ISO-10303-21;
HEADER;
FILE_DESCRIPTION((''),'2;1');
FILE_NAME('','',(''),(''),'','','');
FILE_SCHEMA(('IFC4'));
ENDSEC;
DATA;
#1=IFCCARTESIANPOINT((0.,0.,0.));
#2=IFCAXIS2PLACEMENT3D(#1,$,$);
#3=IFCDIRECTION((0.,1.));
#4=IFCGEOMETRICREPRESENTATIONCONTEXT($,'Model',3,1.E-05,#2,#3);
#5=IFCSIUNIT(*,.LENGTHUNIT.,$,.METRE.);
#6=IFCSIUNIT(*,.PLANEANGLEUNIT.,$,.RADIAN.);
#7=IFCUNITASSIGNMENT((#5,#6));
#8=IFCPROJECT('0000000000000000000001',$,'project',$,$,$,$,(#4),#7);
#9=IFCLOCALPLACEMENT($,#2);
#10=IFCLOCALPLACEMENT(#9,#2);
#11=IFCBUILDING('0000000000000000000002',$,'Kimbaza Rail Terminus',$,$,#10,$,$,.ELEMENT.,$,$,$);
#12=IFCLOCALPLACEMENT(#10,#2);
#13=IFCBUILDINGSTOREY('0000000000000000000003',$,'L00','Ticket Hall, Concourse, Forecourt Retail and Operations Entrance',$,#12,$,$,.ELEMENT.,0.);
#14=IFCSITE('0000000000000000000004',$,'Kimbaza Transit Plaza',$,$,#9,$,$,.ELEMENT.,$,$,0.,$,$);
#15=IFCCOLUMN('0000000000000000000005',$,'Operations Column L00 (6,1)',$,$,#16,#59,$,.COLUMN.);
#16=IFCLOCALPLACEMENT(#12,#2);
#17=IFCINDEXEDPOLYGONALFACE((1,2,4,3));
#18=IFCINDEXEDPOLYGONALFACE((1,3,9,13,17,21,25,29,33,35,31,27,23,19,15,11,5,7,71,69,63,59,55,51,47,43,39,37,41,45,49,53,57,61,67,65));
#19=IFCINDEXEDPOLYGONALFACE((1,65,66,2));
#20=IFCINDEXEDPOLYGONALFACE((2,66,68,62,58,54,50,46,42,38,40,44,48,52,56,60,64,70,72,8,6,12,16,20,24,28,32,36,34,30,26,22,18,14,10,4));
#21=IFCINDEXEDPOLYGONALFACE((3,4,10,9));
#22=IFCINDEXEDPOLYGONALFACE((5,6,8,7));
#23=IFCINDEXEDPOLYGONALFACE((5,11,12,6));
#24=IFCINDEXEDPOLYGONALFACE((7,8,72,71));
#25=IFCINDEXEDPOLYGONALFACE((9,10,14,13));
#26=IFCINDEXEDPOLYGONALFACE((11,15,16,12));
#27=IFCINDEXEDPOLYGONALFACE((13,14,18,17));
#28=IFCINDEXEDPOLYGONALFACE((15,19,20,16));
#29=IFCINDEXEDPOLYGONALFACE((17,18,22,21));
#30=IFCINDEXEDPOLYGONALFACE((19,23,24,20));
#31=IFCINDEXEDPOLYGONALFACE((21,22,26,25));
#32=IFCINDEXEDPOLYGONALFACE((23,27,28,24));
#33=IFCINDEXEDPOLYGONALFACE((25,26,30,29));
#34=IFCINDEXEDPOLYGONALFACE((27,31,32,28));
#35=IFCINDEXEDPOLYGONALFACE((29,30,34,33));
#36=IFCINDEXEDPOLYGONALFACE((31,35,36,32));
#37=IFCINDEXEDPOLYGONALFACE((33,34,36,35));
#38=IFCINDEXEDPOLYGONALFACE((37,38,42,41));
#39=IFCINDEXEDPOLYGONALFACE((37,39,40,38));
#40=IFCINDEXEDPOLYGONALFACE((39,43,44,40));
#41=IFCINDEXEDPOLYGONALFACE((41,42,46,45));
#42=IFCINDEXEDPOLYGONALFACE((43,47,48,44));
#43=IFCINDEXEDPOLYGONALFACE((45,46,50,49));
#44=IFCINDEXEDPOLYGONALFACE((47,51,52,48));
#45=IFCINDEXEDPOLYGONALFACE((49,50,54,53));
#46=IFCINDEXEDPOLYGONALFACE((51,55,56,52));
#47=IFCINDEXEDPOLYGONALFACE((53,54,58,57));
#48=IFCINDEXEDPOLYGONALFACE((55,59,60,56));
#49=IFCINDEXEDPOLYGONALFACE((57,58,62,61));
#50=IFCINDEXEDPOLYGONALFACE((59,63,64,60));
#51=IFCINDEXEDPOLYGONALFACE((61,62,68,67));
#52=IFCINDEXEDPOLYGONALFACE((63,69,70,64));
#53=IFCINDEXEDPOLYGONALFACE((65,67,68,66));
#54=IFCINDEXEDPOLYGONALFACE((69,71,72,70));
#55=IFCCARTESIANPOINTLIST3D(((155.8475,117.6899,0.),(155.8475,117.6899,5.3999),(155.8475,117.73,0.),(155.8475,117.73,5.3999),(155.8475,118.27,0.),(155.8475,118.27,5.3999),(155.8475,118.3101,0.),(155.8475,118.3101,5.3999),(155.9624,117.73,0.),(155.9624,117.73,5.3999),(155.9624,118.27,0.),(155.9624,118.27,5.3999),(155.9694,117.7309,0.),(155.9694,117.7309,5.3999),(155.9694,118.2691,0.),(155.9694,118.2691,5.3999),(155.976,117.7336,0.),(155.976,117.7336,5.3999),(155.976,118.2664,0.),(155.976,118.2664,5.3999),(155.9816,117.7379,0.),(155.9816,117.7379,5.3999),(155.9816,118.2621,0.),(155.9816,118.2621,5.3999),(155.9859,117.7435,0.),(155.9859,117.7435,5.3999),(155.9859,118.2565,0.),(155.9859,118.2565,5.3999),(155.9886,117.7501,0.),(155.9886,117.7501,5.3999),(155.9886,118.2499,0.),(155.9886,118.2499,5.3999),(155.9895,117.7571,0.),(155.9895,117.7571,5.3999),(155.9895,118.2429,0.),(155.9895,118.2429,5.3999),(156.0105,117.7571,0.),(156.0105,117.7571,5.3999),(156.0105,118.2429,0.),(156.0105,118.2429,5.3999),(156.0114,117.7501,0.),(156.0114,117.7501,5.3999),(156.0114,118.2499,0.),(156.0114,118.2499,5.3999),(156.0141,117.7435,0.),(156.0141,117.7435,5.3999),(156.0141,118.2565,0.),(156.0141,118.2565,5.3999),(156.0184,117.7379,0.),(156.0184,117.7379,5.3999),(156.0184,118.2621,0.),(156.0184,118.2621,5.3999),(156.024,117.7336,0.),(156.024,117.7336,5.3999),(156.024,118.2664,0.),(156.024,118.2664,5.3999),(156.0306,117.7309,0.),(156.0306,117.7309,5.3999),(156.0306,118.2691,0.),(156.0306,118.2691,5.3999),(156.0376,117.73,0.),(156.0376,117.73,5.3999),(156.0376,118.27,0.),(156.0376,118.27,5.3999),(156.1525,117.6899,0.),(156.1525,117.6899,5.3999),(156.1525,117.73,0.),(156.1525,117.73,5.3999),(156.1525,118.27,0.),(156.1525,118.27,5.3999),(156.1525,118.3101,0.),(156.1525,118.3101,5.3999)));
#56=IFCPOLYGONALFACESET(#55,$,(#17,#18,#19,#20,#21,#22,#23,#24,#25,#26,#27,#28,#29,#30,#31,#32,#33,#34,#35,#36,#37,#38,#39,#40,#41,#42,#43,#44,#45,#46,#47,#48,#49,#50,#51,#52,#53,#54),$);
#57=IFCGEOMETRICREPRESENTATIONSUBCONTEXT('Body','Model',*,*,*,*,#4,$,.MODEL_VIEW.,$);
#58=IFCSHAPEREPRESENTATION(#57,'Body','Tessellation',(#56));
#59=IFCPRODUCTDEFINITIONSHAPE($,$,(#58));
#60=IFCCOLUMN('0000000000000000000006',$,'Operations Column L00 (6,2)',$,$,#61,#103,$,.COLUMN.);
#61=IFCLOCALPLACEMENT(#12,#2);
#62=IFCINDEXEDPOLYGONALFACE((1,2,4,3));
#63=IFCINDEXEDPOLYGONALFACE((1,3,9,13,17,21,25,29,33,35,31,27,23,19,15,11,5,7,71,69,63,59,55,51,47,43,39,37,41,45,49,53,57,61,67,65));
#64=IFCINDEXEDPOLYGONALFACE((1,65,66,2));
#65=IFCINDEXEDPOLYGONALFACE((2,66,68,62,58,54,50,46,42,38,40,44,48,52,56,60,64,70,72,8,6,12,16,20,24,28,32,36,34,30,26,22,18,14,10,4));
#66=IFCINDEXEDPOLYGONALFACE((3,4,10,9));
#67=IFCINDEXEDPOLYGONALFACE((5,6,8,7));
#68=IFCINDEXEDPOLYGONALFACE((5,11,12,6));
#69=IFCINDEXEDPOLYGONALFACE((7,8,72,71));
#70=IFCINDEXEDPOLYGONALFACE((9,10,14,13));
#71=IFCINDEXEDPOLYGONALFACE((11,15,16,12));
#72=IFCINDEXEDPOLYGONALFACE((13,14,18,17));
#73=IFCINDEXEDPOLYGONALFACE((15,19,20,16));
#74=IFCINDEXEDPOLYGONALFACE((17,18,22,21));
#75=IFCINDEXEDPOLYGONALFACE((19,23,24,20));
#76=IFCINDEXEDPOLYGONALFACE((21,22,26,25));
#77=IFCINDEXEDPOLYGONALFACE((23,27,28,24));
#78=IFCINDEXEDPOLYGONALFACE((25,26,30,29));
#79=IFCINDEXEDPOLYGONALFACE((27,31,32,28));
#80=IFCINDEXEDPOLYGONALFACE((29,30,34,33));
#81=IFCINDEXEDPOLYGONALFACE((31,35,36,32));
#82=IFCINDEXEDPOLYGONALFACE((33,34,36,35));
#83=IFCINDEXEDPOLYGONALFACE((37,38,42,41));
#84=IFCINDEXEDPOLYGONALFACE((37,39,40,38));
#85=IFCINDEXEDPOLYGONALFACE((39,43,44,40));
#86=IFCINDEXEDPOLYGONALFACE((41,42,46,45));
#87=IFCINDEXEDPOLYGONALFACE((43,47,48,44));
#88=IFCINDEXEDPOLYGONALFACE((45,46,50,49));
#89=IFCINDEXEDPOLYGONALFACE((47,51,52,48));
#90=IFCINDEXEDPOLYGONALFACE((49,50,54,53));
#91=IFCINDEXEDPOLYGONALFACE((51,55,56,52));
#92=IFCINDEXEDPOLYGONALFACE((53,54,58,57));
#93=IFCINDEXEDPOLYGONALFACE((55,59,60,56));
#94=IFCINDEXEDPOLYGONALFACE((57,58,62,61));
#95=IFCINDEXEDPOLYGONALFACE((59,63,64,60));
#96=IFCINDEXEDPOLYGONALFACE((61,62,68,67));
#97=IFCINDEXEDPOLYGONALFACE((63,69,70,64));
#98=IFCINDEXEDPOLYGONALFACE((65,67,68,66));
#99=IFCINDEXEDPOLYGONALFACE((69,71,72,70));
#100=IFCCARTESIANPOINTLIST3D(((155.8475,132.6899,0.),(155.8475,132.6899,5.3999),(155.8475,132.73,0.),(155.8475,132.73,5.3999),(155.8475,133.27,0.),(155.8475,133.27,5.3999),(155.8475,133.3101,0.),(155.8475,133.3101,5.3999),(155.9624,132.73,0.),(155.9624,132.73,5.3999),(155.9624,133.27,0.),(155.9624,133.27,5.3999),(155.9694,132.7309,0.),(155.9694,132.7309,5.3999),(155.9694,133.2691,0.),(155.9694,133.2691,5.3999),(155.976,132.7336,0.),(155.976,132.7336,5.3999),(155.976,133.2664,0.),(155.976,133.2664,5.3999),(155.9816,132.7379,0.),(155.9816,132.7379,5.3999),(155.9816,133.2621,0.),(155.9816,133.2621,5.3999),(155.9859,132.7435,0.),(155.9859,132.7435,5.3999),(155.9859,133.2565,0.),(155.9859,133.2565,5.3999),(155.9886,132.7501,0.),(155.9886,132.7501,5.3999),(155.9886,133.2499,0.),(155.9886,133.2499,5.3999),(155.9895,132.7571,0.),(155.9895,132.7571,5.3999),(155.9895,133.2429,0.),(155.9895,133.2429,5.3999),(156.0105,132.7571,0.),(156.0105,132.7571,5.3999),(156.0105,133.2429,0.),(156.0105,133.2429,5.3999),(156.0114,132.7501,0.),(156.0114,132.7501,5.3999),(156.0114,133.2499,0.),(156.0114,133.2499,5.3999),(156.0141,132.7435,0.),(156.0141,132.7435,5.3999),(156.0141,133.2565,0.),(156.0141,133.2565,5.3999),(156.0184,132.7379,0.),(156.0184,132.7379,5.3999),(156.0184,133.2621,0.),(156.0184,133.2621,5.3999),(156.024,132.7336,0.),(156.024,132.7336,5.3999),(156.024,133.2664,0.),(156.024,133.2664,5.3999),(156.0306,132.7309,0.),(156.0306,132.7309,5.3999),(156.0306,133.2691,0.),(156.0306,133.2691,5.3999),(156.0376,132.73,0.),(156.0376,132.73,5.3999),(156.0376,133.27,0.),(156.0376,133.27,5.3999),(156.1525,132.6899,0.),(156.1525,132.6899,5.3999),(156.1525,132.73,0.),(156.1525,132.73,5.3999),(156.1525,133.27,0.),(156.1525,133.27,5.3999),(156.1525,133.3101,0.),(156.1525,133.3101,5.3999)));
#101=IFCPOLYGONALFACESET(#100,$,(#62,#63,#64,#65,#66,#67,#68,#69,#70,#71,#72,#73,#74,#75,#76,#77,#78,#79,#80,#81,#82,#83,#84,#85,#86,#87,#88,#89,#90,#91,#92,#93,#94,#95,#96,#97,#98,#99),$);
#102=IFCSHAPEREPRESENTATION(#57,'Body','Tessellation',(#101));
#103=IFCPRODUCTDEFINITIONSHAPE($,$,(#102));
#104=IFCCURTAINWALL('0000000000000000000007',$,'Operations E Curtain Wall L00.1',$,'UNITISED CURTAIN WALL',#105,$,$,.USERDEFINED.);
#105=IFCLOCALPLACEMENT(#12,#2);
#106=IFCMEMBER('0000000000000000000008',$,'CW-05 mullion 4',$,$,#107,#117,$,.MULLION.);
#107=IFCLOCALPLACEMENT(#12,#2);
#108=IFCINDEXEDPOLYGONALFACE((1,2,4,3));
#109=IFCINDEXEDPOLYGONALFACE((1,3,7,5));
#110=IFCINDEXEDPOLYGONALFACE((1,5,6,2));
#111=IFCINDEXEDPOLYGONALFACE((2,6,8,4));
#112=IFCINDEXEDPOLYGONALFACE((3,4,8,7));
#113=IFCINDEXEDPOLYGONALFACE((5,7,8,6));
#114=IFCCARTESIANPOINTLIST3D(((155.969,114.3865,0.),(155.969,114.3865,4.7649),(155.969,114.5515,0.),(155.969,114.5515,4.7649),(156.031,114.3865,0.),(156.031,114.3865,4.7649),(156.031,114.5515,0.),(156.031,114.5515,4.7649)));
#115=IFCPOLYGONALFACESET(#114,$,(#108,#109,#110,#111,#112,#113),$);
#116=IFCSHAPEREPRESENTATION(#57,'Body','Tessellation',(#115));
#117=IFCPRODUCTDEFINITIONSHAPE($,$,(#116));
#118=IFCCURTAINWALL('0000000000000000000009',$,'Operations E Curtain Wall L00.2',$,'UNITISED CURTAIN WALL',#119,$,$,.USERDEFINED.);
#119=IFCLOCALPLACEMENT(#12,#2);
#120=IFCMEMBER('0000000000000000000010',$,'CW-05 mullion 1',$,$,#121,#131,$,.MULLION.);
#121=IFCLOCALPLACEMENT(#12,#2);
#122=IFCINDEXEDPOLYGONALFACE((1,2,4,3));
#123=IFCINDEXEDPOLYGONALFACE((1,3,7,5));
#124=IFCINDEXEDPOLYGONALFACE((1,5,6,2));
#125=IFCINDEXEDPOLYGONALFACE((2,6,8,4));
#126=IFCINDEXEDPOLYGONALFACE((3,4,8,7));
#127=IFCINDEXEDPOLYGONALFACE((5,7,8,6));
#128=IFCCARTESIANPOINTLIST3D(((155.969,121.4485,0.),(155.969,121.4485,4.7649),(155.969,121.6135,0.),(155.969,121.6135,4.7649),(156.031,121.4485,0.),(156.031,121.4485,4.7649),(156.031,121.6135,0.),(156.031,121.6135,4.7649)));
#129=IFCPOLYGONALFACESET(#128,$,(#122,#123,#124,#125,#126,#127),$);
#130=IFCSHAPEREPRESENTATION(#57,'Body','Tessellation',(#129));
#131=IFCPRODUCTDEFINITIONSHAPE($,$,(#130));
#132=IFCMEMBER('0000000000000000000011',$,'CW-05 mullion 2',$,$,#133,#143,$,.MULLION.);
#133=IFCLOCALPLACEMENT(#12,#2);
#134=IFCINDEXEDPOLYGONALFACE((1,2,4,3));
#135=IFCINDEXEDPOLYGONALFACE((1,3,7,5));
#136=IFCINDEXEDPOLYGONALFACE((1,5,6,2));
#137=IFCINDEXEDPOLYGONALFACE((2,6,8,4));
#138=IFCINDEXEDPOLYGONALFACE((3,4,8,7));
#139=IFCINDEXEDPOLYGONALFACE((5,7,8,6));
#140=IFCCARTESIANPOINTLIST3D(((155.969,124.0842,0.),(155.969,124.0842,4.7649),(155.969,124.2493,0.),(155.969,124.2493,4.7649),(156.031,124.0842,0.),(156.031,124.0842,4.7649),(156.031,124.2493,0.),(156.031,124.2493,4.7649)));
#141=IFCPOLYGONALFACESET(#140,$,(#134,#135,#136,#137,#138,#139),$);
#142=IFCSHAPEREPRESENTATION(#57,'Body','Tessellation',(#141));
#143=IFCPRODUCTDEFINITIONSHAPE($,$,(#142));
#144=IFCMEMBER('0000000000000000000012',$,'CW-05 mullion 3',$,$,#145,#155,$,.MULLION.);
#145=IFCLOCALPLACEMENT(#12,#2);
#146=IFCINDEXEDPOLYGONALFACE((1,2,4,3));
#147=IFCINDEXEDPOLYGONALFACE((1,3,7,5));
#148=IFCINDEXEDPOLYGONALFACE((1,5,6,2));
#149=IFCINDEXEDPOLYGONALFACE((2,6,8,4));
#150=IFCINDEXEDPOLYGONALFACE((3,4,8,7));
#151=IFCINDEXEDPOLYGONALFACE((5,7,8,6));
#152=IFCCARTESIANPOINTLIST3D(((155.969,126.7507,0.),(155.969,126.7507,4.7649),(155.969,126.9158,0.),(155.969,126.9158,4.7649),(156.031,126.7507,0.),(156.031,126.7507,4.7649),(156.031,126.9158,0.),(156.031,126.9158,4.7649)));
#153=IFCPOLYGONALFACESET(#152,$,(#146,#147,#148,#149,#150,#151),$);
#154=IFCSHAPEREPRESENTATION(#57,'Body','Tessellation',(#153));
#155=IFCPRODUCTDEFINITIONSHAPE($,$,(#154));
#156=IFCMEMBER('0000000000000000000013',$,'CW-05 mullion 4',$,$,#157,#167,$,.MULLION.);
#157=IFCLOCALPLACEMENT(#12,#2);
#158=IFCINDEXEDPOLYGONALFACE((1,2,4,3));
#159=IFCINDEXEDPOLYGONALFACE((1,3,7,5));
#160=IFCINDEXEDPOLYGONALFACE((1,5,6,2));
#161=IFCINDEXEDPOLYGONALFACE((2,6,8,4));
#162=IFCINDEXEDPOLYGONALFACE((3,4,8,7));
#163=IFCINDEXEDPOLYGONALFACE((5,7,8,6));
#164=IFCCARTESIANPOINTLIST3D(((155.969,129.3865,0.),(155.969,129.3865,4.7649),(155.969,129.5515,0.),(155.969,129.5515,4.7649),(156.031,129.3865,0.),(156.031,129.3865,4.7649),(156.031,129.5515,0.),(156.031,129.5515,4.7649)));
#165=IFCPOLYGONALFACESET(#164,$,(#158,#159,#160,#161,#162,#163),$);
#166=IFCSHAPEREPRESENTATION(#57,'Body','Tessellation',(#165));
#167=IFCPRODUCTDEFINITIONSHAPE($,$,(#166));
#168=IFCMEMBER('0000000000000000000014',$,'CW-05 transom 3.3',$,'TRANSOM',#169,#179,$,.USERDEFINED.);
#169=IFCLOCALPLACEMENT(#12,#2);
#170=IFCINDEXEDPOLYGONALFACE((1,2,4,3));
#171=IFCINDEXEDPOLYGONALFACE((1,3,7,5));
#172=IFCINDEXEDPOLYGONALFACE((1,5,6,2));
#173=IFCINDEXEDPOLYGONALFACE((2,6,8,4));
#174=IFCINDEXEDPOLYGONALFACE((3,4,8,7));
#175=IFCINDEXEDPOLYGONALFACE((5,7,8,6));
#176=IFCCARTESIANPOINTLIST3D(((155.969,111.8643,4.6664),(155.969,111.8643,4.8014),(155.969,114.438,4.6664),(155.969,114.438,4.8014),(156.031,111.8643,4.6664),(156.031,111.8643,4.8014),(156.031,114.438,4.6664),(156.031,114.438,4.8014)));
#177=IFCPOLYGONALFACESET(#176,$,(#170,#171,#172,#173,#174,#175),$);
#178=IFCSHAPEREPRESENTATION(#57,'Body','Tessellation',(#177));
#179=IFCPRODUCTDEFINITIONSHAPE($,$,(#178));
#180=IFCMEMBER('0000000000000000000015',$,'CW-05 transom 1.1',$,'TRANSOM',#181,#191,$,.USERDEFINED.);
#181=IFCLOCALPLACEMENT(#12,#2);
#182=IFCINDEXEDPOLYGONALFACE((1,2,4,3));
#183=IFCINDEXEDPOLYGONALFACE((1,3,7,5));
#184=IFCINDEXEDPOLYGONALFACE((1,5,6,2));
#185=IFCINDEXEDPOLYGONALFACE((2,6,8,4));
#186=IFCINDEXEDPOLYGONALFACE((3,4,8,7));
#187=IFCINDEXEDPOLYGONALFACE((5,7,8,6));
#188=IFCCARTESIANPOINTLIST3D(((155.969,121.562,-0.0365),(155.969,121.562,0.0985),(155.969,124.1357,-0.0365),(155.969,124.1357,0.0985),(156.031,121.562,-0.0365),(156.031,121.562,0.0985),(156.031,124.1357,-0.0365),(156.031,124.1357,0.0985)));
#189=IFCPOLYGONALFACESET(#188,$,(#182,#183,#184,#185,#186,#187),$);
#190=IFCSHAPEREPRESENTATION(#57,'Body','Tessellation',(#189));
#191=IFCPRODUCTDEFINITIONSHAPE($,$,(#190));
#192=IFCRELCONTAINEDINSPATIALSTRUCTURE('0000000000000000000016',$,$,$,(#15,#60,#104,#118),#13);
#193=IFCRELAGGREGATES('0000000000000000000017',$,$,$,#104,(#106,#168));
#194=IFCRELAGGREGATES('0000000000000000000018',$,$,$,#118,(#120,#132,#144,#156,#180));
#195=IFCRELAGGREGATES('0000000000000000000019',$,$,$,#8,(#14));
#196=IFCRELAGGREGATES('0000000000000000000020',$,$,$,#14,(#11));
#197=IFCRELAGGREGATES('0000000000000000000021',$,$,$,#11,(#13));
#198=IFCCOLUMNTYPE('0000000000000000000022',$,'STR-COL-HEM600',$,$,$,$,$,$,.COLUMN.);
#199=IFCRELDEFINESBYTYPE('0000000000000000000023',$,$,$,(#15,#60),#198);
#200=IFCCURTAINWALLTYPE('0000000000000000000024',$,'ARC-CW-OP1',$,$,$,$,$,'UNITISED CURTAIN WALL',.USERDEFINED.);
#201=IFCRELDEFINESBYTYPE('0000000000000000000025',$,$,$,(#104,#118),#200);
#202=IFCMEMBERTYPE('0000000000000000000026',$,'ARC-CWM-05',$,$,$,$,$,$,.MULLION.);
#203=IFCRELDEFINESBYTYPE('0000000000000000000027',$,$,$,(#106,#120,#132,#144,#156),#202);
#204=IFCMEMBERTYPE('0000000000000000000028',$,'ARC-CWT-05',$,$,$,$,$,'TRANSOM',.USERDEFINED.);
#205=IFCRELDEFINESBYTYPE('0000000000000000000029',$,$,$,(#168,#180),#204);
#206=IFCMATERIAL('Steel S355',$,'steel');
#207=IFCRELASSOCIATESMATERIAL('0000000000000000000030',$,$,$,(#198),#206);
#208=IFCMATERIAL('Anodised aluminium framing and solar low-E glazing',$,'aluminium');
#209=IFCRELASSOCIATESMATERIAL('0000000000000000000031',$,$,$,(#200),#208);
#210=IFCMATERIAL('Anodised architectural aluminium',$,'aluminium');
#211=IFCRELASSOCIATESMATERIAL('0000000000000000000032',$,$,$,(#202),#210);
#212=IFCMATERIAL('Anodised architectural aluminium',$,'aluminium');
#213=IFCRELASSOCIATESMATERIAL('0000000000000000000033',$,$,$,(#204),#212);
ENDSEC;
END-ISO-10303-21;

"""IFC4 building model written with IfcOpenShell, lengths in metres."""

from ifc_helpers import new_model, si_unit, direction, frame, origin, origin_2d, place, context, subcontext, project, spatial, rectangle, i_section, extrude, material, material_profile, profile_set, type_object, element, aggregate, save


model = new_model("IFC4")

# Units and contexts
model_context = context("Model", 3, precision=1e-05, world=origin(), true_north=direction((0.0, 1.0)))
body_context = subcontext(model_context, "Body", "Model", "MODEL_VIEW")
ifc_project = project(units=[si_unit("LENGTHUNIT", "METRE"), si_unit("PLANEANGLEUNIT", "RADIAN")], contexts=[model_context])

# Site, building, storey
site_placement = place(None, origin())
site = spatial("IfcSite", under=ifc_project, at=site_placement, Name="Kimbaza Transit Plaza", CompositionType="ELEMENT", RefElevation=0.0)
building_placement = place(site_placement, origin())
building = spatial("IfcBuilding", under=site, at=building_placement, Name="Kimbaza Rail Terminus", CompositionType="ELEMENT")
storey_placement = place(building_placement, origin())
storey = spatial("IfcBuildingStorey", under=building, at=storey_placement, Name="L00", Description="Ticket Hall, Concourse, Forecourt Retail and Operations Entrance", CompositionType="ELEMENT", Elevation=0.0)

# Columns
ifc_material_1 = material(Name="Steel S355", Category="steel")
ifc_material_profile_1 = material_profile(ifc_material_1, i_section(OverallWidth=0.3049, OverallDepth=0.6201, WebThickness=0.021, FlangeThickness=0.04, FilletRadius=0.0271, at=origin_2d()), Name="HEM 600")
ifc_profile_set_1 = profile_set([ifc_material_profile_1], Name="Steel S355")
column_type = type_object("IfcColumnType", Name="STR-COL-HEM600", PredefinedType="COLUMN", material=ifc_profile_set_1)
for number, where, z_axis, x_axis, name in (
    (1, (156.0, 118.0, 0.0), (0.0, 0.0, 1.0), (1.0, 0.0, 0.0), "Operations Column L00 (6,1)"),
    (2, (156.0, 133.0, 0.0), (0.0, 0.0, 1.0), (1.0, 0.0, 0.0), "Operations Column L00 (6,2)"),
):
    element("IfcColumn", number, at=place(storey_placement, frame(where, z_axis=z_axis, x_axis=x_axis)), inside=storey, type_object=column_type, Name=name, PredefinedType="COLUMN", context=body_context, shape_type="SweptSolid", body=[
        extrude(i_section(OverallWidth=0.3049, OverallDepth=0.6201, WebThickness=0.021, FlangeThickness=0.04, FilletRadius=0.0271, at=origin_2d()), origin(), (0.0, 0.0, 1.0), 5.3999),
    ])

# Curtain wall, member
ifc_material_2 = material(Name="Anodised aluminium framing and solar low-E glazing", Category="aluminium")
curtain_wall_type = type_object("IfcCurtainWallType", Name="ARC-CW-OP1", ElementType="UNITISED CURTAIN WALL", PredefinedType="USERDEFINED", material=ifc_material_2)
curtain_wall_1_placement = place(storey_placement, origin())
curtain_wall_1 = element("IfcCurtainWall", 3, at=curtain_wall_1_placement, inside=storey, type_object=curtain_wall_type, Name="Operations E Curtain Wall L00.1", ObjectType="UNITISED CURTAIN WALL", PredefinedType="USERDEFINED")
ifc_material_3 = material(Name="Anodised architectural aluminium", Category="aluminium")
ifc_material_profile_2 = material_profile(ifc_material_3, rectangle(XDim=0.062, YDim=0.165, at=origin_2d()), Name="MULLION 62x165")
ifc_profile_set_2 = profile_set([ifc_material_profile_2], Name="Anodised architectural aluminium")
member_type_1 = type_object("IfcMemberType", Name="ARC-CWM-05", PredefinedType="MULLION", material=ifc_profile_set_2)
member_1_placement = place(storey_placement, frame((156.0, 114.469, 0.0), z_axis=(0.0, 0.0, 1.0), x_axis=(-1.0, 0.0, 0.0)))
member_1 = element("IfcMember", 4, at=member_1_placement, type_object=member_type_1, Name="CW-05 mullion 4", PredefinedType="MULLION", context=body_context, shape_type="SweptSolid", body=[
    extrude(rectangle(XDim=0.062, YDim=0.165, at=origin_2d()), origin(), (0.0, 0.0, 1.0), 4.7649),
])

# Curtain wall, members
curtain_wall_2_placement = place(storey_placement, origin())
curtain_wall_2 = element("IfcCurtainWall", 5, at=curtain_wall_2_placement, inside=storey, type_object=curtain_wall_type, Name="Operations E Curtain Wall L00.2", ObjectType="UNITISED CURTAIN WALL", PredefinedType="USERDEFINED")
member_2_placement = place(storey_placement, frame((156.0, 121.531, 0.0), z_axis=(0.0, 0.0, 1.0), x_axis=(-1.0, 0.0, 0.0)))
member_2 = element("IfcMember", 6, at=member_2_placement, type_object=member_type_1, Name="CW-05 mullion 1", PredefinedType="MULLION", context=body_context, shape_type="SweptSolid", body=[
    extrude(rectangle(XDim=0.062, YDim=0.165, at=origin_2d()), origin(), (0.0, 0.0, 1.0), 4.7649),
])
member_3_placement = place(storey_placement, frame((156.0, 124.1667, 0.0), z_axis=(0.0, 0.0, 1.0), x_axis=(-1.0, 0.0, 0.0)))
member_3 = element("IfcMember", 7, at=member_3_placement, type_object=member_type_1, Name="CW-05 mullion 2", PredefinedType="MULLION", context=body_context, shape_type="SweptSolid", body=[
    extrude(rectangle(XDim=0.062, YDim=0.165, at=origin_2d()), origin(), (0.0, 0.0, 1.0), 4.7649),
])
member_4_placement = place(storey_placement, frame((156.0, 126.8333, 0.0), z_axis=(0.0, 0.0, 1.0), x_axis=(-1.0, 0.0, 0.0)))
member_4 = element("IfcMember", 8, at=member_4_placement, type_object=member_type_1, Name="CW-05 mullion 3", PredefinedType="MULLION", context=body_context, shape_type="SweptSolid", body=[
    extrude(rectangle(XDim=0.062, YDim=0.165, at=origin_2d()), origin(), (0.0, 0.0, 1.0), 4.7649),
])
member_5_placement = place(storey_placement, frame((156.0, 129.469, 0.0), z_axis=(0.0, 0.0, 1.0), x_axis=(-1.0, 0.0, 0.0)))
member_5 = element("IfcMember", 9, at=member_5_placement, type_object=member_type_1, Name="CW-05 mullion 4", PredefinedType="MULLION", context=body_context, shape_type="SweptSolid", body=[
    extrude(rectangle(XDim=0.062, YDim=0.165, at=origin_2d()), origin(), (0.0, 0.0, 1.0), 4.7649),
])

# Members
ifc_material_4 = material(Name="Anodised architectural aluminium", Category="aluminium")
ifc_material_profile_3 = material_profile(ifc_material_4, rectangle(XDim=0.062, YDim=0.135, at=origin_2d()), Name="TRANSOM 62x135")
ifc_profile_set_3 = profile_set([ifc_material_profile_3], Name="Anodised architectural aluminium")
member_type_2 = type_object("IfcMemberType", Name="ARC-CWT-05", ElementType="TRANSOM", PredefinedType="USERDEFINED", material=ifc_profile_set_3)
member_6_placement = place(storey_placement, frame((156.0, 111.8643, 4.7339), z_axis=(0.0, 1.0, 0.0), x_axis=(-1.0, 0.0, 0.0)))
member_6 = element("IfcMember", 10, at=member_6_placement, type_object=member_type_2, Name="CW-05 transom 3.3", ObjectType="TRANSOM", PredefinedType="USERDEFINED", context=body_context, shape_type="SweptSolid", body=[
    extrude(rectangle(XDim=0.062, YDim=0.135, at=origin_2d()), origin(), (0.0, 0.0, 1.0), 2.5737),
])
member_7_placement = place(storey_placement, frame((156.0, 121.562, 0.031), z_axis=(0.0, 1.0, 0.0), x_axis=(-1.0, 0.0, 0.0)))
member_7 = element("IfcMember", 11, at=member_7_placement, type_object=member_type_2, Name="CW-05 transom 1.1", ObjectType="TRANSOM", PredefinedType="USERDEFINED", context=body_context, shape_type="SweptSolid", body=[
    extrude(rectangle(XDim=0.062, YDim=0.135, at=origin_2d()), origin(), (0.0, 0.0, 1.0), 2.5737),
])

aggregate(curtain_wall_1, [member_1, member_6])
aggregate(curtain_wall_2, [member_2, member_3, member_4, member_5, member_7])

save(model, "model.ifc")
